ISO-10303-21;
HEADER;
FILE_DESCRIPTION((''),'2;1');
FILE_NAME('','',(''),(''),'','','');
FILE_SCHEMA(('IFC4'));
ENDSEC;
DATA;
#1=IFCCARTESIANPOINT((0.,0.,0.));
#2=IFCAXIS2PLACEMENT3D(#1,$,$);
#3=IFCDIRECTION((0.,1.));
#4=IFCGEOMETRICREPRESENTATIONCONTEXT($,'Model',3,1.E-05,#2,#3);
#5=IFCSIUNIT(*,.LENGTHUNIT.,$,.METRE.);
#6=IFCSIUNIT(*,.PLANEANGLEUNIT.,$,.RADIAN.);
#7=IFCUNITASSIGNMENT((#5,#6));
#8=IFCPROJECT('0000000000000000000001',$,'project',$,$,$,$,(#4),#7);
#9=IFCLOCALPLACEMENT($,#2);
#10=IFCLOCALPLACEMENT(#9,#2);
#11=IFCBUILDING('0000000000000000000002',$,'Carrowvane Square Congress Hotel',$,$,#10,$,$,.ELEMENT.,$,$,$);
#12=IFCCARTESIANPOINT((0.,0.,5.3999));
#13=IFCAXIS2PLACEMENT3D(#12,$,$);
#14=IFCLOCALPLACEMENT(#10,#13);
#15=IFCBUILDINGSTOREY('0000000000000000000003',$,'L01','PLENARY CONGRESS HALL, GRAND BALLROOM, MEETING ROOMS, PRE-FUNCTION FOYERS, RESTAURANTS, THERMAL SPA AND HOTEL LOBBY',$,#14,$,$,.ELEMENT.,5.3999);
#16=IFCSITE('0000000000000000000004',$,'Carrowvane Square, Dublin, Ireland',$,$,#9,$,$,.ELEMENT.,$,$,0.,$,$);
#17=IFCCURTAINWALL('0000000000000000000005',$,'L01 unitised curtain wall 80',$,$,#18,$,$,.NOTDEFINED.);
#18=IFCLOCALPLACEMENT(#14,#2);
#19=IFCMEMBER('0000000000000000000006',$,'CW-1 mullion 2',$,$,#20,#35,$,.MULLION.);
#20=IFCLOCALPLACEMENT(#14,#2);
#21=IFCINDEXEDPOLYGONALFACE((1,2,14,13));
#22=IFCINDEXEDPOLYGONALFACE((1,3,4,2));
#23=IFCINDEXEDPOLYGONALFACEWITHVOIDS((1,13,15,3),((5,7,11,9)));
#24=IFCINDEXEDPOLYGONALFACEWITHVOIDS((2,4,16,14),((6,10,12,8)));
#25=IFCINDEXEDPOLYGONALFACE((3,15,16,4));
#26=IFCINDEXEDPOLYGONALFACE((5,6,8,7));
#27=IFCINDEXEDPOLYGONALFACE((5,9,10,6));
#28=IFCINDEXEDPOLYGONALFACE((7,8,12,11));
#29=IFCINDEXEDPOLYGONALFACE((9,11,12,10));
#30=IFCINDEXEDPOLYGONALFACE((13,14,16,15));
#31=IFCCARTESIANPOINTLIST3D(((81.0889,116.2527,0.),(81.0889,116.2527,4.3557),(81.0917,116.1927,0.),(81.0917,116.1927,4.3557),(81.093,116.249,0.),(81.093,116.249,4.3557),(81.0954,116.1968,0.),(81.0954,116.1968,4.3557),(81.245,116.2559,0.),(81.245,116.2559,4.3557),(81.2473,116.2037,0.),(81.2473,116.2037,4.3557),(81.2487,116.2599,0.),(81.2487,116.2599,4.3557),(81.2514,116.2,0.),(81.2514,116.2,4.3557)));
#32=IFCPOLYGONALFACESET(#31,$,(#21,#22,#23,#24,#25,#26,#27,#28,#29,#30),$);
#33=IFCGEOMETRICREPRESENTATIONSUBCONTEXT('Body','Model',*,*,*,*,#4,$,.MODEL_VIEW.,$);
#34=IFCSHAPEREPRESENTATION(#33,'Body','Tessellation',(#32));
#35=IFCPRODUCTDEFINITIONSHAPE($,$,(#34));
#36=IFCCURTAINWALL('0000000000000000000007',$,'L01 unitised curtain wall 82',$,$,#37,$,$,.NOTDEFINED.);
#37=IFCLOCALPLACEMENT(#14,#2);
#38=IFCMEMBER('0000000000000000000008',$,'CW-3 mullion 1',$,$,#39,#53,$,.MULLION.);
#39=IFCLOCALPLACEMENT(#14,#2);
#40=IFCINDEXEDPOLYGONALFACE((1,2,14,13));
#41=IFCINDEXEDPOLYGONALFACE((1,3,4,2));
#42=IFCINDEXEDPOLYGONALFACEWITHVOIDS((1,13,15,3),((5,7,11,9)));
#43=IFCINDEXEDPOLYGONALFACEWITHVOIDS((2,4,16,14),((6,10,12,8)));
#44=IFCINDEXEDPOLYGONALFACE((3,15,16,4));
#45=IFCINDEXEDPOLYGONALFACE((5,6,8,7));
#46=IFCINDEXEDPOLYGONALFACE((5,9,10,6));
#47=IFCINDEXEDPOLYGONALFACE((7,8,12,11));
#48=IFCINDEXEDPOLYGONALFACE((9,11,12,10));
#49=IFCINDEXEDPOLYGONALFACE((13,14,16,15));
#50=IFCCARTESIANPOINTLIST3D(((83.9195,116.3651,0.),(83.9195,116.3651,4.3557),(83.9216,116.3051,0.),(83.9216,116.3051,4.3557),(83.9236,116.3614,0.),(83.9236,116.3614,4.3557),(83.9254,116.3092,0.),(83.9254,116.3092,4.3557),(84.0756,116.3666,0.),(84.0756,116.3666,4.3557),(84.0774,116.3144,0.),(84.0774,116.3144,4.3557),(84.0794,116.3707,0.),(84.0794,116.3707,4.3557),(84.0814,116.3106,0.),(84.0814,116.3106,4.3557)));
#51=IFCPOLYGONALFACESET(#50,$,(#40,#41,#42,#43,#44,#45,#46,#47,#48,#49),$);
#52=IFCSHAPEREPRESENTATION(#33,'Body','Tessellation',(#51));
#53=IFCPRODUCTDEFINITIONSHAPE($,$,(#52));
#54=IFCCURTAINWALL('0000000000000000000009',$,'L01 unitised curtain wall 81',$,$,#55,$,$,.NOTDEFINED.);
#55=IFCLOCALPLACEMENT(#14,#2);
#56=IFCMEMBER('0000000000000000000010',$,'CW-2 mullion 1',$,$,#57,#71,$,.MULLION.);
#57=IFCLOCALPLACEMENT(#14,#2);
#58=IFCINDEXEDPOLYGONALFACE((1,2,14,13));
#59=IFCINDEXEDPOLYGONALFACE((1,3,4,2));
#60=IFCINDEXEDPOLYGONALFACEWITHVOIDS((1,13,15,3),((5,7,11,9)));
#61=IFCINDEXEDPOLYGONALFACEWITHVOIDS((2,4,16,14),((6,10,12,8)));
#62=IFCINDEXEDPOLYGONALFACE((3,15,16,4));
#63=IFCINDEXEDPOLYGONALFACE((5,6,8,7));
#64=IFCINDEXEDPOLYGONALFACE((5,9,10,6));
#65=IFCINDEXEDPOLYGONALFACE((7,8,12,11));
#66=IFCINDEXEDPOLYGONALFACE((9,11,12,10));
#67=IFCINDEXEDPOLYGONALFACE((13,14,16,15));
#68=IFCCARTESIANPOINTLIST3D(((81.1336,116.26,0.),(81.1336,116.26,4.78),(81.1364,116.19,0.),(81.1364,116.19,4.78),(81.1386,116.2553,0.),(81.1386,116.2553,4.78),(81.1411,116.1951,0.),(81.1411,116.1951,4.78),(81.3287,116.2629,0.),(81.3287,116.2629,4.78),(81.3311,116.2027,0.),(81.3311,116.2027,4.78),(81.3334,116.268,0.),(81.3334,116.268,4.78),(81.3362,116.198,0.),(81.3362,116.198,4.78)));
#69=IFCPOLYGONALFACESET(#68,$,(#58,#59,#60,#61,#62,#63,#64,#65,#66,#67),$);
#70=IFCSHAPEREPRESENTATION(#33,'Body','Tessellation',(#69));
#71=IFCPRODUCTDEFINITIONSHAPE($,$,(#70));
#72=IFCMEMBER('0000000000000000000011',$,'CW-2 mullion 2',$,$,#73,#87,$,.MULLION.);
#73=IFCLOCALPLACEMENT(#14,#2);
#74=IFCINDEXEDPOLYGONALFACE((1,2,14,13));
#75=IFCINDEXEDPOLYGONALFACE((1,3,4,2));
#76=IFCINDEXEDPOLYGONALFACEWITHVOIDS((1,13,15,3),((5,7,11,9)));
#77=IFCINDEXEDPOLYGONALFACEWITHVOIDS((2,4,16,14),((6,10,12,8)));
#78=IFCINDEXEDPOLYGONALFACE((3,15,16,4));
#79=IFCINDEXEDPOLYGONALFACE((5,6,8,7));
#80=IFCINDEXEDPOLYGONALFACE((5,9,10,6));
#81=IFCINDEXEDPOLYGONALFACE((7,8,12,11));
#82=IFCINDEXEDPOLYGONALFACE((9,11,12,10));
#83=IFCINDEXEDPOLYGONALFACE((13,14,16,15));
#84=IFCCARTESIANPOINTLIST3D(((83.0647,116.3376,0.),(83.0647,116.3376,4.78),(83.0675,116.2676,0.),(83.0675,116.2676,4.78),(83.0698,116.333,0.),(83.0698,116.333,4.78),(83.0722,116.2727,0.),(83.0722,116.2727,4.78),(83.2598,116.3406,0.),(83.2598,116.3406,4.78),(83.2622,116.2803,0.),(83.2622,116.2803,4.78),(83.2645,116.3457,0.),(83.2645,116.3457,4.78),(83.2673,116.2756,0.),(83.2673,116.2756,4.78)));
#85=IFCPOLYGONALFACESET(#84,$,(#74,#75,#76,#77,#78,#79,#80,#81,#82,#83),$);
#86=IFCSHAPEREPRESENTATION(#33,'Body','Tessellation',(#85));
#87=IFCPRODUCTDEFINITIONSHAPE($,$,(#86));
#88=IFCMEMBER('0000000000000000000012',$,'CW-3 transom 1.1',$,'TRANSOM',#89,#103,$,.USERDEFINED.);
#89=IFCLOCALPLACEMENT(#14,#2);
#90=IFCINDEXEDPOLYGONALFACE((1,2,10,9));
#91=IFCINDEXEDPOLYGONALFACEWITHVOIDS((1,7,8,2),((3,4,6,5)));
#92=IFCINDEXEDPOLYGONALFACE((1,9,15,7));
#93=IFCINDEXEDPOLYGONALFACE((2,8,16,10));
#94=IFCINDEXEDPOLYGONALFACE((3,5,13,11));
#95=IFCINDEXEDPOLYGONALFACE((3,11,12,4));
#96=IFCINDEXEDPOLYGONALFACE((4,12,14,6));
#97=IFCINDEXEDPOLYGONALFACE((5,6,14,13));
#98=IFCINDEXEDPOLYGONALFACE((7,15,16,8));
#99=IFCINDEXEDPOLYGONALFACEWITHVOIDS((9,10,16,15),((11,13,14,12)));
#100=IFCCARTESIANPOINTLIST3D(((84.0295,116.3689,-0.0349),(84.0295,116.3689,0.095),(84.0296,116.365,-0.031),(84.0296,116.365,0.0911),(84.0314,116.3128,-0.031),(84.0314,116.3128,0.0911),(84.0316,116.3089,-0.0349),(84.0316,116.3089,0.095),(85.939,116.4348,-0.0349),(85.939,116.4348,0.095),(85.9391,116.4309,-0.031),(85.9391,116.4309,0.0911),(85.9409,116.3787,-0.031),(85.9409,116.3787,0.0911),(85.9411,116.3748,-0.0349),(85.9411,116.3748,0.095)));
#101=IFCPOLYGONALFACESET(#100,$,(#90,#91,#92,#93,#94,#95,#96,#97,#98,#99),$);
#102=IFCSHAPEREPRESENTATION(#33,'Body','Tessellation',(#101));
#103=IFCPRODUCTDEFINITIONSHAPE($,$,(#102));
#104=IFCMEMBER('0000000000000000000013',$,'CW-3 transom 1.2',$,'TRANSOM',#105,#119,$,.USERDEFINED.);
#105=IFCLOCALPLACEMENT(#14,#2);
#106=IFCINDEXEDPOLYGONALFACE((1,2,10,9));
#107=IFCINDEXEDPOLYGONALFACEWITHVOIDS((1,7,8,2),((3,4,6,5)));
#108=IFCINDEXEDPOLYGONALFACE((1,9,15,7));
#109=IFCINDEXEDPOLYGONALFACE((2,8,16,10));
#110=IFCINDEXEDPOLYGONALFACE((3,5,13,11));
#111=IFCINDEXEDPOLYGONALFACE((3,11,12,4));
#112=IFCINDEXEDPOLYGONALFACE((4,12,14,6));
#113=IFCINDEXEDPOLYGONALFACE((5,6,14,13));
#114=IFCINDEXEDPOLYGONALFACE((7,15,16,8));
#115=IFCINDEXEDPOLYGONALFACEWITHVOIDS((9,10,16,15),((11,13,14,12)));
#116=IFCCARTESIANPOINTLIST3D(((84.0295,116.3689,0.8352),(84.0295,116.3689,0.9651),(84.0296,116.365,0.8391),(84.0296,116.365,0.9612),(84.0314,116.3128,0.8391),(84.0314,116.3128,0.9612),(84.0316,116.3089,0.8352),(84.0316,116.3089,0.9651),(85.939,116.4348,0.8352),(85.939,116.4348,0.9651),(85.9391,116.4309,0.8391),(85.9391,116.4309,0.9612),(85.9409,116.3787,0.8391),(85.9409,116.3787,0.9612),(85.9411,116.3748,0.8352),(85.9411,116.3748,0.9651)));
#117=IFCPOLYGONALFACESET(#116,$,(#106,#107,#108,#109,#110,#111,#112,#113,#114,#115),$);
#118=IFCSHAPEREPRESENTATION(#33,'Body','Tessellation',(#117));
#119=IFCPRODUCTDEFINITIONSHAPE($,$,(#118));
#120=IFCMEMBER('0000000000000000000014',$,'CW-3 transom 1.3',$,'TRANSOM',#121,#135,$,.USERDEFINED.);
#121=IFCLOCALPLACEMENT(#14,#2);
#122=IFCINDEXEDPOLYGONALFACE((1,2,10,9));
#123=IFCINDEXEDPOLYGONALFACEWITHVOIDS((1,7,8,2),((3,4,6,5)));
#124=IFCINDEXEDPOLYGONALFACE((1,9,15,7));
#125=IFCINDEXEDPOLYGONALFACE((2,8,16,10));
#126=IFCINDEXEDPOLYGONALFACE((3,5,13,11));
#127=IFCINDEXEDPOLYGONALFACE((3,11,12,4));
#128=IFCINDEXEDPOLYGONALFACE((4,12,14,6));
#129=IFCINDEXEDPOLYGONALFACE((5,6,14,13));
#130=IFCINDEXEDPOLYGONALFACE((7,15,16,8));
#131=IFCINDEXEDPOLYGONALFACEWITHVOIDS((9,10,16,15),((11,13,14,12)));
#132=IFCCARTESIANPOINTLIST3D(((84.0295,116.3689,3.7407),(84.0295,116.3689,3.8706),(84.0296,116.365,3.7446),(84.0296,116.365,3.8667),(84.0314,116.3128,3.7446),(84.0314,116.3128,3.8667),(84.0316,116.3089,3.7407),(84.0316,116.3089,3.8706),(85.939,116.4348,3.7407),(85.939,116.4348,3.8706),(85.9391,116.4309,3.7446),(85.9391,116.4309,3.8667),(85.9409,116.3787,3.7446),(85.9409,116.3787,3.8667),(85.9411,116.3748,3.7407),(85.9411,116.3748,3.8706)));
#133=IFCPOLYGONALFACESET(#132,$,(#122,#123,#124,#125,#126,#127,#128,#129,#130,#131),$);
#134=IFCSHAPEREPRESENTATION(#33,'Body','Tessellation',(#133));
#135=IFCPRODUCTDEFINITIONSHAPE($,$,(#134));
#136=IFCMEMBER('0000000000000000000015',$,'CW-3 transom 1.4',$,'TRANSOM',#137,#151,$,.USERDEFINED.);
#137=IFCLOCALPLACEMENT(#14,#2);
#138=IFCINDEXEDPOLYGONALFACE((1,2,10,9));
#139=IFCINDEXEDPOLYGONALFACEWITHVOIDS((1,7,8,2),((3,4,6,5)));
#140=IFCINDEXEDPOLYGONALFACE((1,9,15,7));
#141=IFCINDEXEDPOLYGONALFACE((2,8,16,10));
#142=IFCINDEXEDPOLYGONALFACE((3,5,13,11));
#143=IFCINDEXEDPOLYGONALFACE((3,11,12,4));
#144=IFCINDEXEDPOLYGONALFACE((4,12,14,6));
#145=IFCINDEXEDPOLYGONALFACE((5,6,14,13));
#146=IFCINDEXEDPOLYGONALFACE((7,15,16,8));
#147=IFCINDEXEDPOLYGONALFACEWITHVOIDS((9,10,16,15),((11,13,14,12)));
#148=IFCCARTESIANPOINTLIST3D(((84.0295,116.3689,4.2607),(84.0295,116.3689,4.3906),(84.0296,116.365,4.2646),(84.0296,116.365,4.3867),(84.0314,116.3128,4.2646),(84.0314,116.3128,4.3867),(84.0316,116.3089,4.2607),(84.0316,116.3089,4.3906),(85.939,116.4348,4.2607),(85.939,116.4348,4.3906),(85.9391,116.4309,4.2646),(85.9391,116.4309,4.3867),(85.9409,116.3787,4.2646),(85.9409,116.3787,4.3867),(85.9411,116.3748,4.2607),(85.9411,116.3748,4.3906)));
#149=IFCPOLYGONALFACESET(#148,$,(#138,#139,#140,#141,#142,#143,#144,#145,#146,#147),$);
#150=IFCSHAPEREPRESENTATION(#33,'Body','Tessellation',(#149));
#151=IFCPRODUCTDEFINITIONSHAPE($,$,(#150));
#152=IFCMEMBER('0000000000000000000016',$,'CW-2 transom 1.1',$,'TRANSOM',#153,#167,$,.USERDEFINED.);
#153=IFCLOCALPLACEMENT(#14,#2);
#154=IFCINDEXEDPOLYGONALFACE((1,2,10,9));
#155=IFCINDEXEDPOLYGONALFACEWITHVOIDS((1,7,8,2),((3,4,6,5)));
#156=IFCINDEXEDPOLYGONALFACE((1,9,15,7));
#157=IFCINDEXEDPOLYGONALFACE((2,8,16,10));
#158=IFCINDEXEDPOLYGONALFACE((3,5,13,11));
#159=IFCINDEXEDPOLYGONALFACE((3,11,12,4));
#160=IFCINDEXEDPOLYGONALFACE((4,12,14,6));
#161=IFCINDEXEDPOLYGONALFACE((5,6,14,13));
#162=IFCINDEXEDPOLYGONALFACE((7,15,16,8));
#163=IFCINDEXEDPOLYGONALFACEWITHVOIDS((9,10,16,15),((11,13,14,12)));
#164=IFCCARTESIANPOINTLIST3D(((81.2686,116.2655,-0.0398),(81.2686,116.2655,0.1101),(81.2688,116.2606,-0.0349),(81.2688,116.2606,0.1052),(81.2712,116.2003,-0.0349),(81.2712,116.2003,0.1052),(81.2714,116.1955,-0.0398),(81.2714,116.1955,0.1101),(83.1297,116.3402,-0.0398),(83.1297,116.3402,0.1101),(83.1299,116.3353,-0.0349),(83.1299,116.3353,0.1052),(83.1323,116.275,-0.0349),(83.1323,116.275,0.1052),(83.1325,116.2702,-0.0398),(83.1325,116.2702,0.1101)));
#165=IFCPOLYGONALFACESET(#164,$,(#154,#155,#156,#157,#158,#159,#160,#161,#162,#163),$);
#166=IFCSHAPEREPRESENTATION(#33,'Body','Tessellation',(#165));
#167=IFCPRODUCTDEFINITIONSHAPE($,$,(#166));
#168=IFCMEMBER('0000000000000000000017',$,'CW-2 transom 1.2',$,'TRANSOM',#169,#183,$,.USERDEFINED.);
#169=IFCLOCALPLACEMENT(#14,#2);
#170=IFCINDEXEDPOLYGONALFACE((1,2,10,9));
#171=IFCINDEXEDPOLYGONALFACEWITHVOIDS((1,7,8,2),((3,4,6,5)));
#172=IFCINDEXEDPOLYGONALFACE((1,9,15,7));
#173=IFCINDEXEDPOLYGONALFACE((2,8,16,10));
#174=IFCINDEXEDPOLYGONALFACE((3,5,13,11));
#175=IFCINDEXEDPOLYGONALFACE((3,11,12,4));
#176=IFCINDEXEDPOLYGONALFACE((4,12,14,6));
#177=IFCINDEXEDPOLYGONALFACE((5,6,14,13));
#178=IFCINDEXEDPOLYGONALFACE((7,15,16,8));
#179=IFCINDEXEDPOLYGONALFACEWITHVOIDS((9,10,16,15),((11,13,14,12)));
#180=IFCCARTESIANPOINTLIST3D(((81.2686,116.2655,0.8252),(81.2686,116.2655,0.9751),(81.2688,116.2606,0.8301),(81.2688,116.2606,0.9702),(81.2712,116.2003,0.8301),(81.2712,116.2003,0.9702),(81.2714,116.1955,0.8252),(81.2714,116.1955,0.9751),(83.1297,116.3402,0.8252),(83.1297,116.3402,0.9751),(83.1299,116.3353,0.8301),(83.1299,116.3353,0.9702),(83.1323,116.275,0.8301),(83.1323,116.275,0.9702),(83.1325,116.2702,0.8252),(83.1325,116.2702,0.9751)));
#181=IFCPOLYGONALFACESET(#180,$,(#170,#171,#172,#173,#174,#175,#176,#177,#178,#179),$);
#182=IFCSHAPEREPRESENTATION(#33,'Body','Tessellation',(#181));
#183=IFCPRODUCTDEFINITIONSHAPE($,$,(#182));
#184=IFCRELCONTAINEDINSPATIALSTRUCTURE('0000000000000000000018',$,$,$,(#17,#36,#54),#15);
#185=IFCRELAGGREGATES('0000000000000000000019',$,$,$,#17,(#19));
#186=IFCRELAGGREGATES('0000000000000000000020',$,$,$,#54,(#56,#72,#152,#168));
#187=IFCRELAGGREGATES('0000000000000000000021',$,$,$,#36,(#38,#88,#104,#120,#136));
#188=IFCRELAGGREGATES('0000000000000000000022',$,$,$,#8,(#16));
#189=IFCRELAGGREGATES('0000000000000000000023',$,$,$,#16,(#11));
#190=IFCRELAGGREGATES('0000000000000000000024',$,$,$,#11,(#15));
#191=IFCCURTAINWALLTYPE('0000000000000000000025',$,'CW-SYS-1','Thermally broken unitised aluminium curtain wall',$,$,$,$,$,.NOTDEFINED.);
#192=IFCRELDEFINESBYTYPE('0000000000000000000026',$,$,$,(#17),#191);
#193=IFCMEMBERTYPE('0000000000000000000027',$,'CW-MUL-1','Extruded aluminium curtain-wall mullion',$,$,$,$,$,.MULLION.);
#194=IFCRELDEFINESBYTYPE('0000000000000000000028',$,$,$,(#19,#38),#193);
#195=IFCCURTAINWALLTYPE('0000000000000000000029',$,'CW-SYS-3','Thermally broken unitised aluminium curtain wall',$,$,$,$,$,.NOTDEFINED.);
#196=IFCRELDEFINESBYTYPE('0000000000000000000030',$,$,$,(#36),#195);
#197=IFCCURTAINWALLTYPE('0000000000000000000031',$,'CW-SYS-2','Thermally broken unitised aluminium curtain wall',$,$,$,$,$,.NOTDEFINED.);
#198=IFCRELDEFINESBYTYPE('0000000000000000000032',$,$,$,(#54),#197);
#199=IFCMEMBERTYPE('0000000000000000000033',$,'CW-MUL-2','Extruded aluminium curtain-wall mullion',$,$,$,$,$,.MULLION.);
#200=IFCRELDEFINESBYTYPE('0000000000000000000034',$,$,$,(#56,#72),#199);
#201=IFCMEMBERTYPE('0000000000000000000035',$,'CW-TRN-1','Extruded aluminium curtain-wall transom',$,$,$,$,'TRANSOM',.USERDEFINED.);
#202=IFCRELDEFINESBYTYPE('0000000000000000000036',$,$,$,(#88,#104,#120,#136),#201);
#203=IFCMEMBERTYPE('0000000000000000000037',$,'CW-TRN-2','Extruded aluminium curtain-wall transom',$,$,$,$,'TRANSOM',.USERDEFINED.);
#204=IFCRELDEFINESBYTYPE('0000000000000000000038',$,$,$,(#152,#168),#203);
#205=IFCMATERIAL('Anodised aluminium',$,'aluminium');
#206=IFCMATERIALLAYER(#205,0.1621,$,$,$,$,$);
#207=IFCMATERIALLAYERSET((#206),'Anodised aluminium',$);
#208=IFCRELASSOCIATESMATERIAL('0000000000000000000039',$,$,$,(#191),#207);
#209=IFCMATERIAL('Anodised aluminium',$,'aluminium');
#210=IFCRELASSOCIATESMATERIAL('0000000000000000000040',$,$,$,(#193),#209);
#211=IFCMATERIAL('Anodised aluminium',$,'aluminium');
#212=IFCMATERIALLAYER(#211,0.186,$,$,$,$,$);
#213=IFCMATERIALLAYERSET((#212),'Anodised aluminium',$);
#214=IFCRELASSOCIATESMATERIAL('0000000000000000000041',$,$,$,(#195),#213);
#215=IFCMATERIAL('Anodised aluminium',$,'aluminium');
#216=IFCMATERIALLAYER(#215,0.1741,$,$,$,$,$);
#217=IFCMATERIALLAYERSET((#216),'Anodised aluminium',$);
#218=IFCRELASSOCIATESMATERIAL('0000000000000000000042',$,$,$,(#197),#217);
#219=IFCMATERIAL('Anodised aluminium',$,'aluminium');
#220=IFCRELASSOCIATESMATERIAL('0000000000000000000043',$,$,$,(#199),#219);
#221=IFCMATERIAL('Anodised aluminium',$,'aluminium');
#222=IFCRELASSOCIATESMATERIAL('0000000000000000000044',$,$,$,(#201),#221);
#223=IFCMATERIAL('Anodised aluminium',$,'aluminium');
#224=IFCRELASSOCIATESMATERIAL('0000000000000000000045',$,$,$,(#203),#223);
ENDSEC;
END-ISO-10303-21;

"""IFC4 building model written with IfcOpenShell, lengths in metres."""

from ifc_helpers import new_model, si_unit, direction, frame, origin, origin_2d, place, context, subcontext, project, spatial, hollow_rectangle, extrude, material, layer, layer_set, material_profile, profile_set, type_object, element, aggregate, save


model = new_model("IFC4")

# Units and contexts
model_context = context("Model", 3, precision=1e-05, world=origin(), true_north=direction((0.0, 1.0)))
body_context = subcontext(model_context, "Body", "Model", "MODEL_VIEW")
ifc_project = project(units=[si_unit("LENGTHUNIT", "METRE"), si_unit("PLANEANGLEUNIT", "RADIAN")], contexts=[model_context])

# Site, building, storey
site_placement = place(None, origin())
site = spatial("IfcSite", under=ifc_project, at=site_placement, Name="Carrowvane Square, Dublin, Ireland", CompositionType="ELEMENT", RefElevation=0.0)
building_placement = place(site_placement, origin())
building = spatial("IfcBuilding", under=site, at=building_placement, Name="Carrowvane Square Congress Hotel", CompositionType="ELEMENT")
storey_placement = place(building_placement, frame((0.0, 0.0, 5.3999)))
storey = spatial("IfcBuildingStorey", under=building, at=storey_placement, Name="L01", Description="PLENARY CONGRESS HALL, GRAND BALLROOM, MEETING ROOMS, PRE-FUNCTION FOYERS, RESTAURANTS, THERMAL SPA AND HOTEL LOBBY", CompositionType="ELEMENT", Elevation=5.3999)

# Curtain walls, members
ifc_material_1 = material(Name="Anodised aluminium", Category="aluminium")
ifc_layer_1 = layer(ifc_material_1, 0.1621)
ifc_layer_set_1 = layer_set([ifc_layer_1], Name="Anodised aluminium")
curtain_wall_type_1 = type_object("IfcCurtainWallType", Name="CW-SYS-1", Description="Thermally broken unitised aluminium curtain wall", PredefinedType="NOTDEFINED", material=ifc_layer_set_1)
curtain_wall_1_placement = place(storey_placement, origin())
curtain_wall_1 = element("IfcCurtainWall", 1, at=curtain_wall_1_placement, inside=storey, type_object=curtain_wall_type_1, Name="L01 unitised curtain wall 80", PredefinedType="NOTDEFINED")
ifc_material_2 = material(Name="Anodised aluminium", Category="aluminium")
ifc_material_profile_1 = material_profile(ifc_material_2, hollow_rectangle(XDim=0.0601, YDim=0.1599, WallThickness=0.0039, at=origin_2d()), Name="CW-ML 60x160x4")
ifc_profile_set_1 = profile_set([ifc_material_profile_1], Name="Anodised aluminium")
member_type_1 = type_object("IfcMemberType", Name="CW-MUL-1", Description="Extruded aluminium curtain-wall mullion", PredefinedType="MULLION", material=ifc_profile_set_1)
member_1_placement = place(storey_placement, frame((81.1702, 116.2263, 0.0), z_axis=(0.0, 0.0, 1.0), x_axis=(-0.045411, 0.998968, 0.0)))
member_1 = element("IfcMember", 2, at=member_1_placement, type_object=member_type_1, Name="CW-1 mullion 2", PredefinedType="MULLION", context=body_context, shape_type="SweptSolid", body=[
    extrude(hollow_rectangle(XDim=0.0601, YDim=0.1599, WallThickness=0.0039, at=origin_2d()), origin(), (0.0, 0.0, 1.0), 4.3557),
])
ifc_material_3 = material(Name="Anodised aluminium", Category="aluminium")
ifc_layer_2 = layer(ifc_material_3, 0.186)
ifc_layer_set_2 = layer_set([ifc_layer_2], Name="Anodised aluminium")
curtain_wall_type_2 = type_object("IfcCurtainWallType", Name="CW-SYS-3", Description="Thermally broken unitised aluminium curtain wall", PredefinedType="NOTDEFINED", material=ifc_layer_set_2)
curtain_wall_2_placement = place(storey_placement, origin())
curtain_wall_2 = element("IfcCurtainWall", 3, at=curtain_wall_2_placement, inside=storey, type_object=curtain_wall_type_2, Name="L01 unitised curtain wall 82", PredefinedType="NOTDEFINED")
member_2_placement = place(storey_placement, frame((84.0005, 116.3379, 0.0), z_axis=(0.0, 0.0, 1.0), x_axis=(-0.034527, 0.999404, 0.0)))
member_2 = element("IfcMember", 4, at=member_2_placement, type_object=member_type_1, Name="CW-3 mullion 1", PredefinedType="MULLION", context=body_context, shape_type="SweptSolid", body=[
    extrude(hollow_rectangle(XDim=0.0601, YDim=0.1599, WallThickness=0.0039, at=origin_2d()), origin(), (0.0, 0.0, 1.0), 4.3557),
])

# Curtain wall, members
ifc_material_4 = material(Name="Anodised aluminium", Category="aluminium")
ifc_layer_3 = layer(ifc_material_4, 0.1741)
ifc_layer_set_3 = layer_set([ifc_layer_3], Name="Anodised aluminium")
curtain_wall_type_3 = type_object("IfcCurtainWallType", Name="CW-SYS-2", Description="Thermally broken unitised aluminium curtain wall", PredefinedType="NOTDEFINED", material=ifc_layer_set_3)
curtain_wall_3_placement = place(storey_placement, origin())
curtain_wall_3 = element("IfcCurtainWall", 5, at=curtain_wall_3_placement, inside=storey, type_object=curtain_wall_type_3, Name="L01 unitised curtain wall 81", PredefinedType="NOTDEFINED")
ifc_material_5 = material(Name="Anodised aluminium", Category="aluminium")
ifc_material_profile_2 = material_profile(ifc_material_5, hollow_rectangle(XDim=0.0701, YDim=0.2, WallThickness=0.0049, at=origin_2d()), Name="CW-ML 70x200x5")
ifc_profile_set_2 = profile_set([ifc_material_profile_2], Name="Anodised aluminium")
member_type_2 = type_object("IfcMemberType", Name="CW-MUL-2", Description="Extruded aluminium curtain-wall mullion", PredefinedType="MULLION", material=ifc_profile_set_2)
member_3_placement = place(storey_placement, frame((81.2349, 116.229, 0.0), z_axis=(0.0, 0.0, 1.0), x_axis=(-0.040136, 0.999194, 0.0)))
member_3 = element("IfcMember", 6, at=member_3_placement, type_object=member_type_2, Name="CW-2 mullion 1", PredefinedType="MULLION", context=body_context, shape_type="SweptSolid", body=[
    extrude(hollow_rectangle(XDim=0.0701, YDim=0.2, WallThickness=0.0049, at=origin_2d()), origin(), (0.0, 0.0, 1.0), 4.78),
])
member_4_placement = place(storey_placement, frame((83.166, 116.3066, 0.0), z_axis=(0.0, 0.0, 1.0), x_axis=(-0.040136, 0.999194, 0.0)))
member_4 = element("IfcMember", 7, at=member_4_placement, type_object=member_type_2, Name="CW-2 mullion 2", PredefinedType="MULLION", context=body_context, shape_type="SweptSolid", body=[
    extrude(hollow_rectangle(XDim=0.0701, YDim=0.2, WallThickness=0.0049, at=origin_2d()), origin(), (0.0, 0.0, 1.0), 4.78),
])

# Members
ifc_material_6 = material(Name="Anodised aluminium", Category="aluminium")
ifc_material_profile_3 = material_profile(ifc_material_6, hollow_rectangle(XDim=0.0601, YDim=0.1299, WallThickness=0.0039, at=origin_2d()), Name="CW-TR 60x130x4")
ifc_profile_set_3 = profile_set([ifc_material_profile_3], Name="Anodised aluminium")
member_type_3 = type_object("IfcMemberType", Name="CW-TRN-1", Description="Extruded aluminium curtain-wall transom", ElementType="TRANSOM", PredefinedType="USERDEFINED", material=ifc_profile_set_3)
member_5_placement = place(storey_placement, frame((84.0305, 116.3389, 0.03), z_axis=(0.999405, 0.034502, 0.0), x_axis=(-0.034502, 0.999405, 0.0)))
member_5 = element("IfcMember", 8, at=member_5_placement, type_object=member_type_3, Name="CW-3 transom 1.1", ObjectType="TRANSOM", PredefinedType="USERDEFINED", context=body_context, shape_type="SweptSolid", body=[
    extrude(hollow_rectangle(XDim=0.0601, YDim=0.1299, WallThickness=0.0039, at=origin_2d()), origin(), (0.0, 0.0, 1.0), 1.9106),
])
member_6_placement = place(storey_placement, frame((84.0305, 116.3389, 0.9001), z_axis=(0.999405, 0.034502, 0.0), x_axis=(-0.034502, 0.999405, 0.0)))
member_6 = element("IfcMember", 9, at=member_6_placement, type_object=member_type_3, Name="CW-3 transom 1.2", ObjectType="TRANSOM", PredefinedType="USERDEFINED", context=body_context, shape_type="SweptSolid", body=[
    extrude(hollow_rectangle(XDim=0.0601, YDim=0.1299, WallThickness=0.0039, at=origin_2d()), origin(), (0.0, 0.0, 1.0), 1.9106),
])
member_7_placement = place(storey_placement, frame((84.0305, 116.3389, 3.8057), z_axis=(0.999405, 0.034502, 0.0), x_axis=(-0.034502, 0.999405, 0.0)))
member_7 = element("IfcMember", 10, at=member_7_placement, type_object=member_type_3, Name="CW-3 transom 1.3", ObjectType="TRANSOM", PredefinedType="USERDEFINED", context=body_context, shape_type="SweptSolid", body=[
    extrude(hollow_rectangle(XDim=0.0601, YDim=0.1299, WallThickness=0.0039, at=origin_2d()), origin(), (0.0, 0.0, 1.0), 1.9106),
])
member_8_placement = place(storey_placement, frame((84.0305, 116.3389, 4.3257), z_axis=(0.999405, 0.034502, 0.0), x_axis=(-0.034502, 0.999405, 0.0)))
member_8 = element("IfcMember", 11, at=member_8_placement, type_object=member_type_3, Name="CW-3 transom 1.4", ObjectType="TRANSOM", PredefinedType="USERDEFINED", context=body_context, shape_type="SweptSolid", body=[
    extrude(hollow_rectangle(XDim=0.0601, YDim=0.1299, WallThickness=0.0039, at=origin_2d()), origin(), (0.0, 0.0, 1.0), 1.9106),
])
ifc_material_7 = material(Name="Anodised aluminium", Category="aluminium")
ifc_material_profile_4 = material_profile(ifc_material_7, hollow_rectangle(XDim=0.0701, YDim=0.1499, WallThickness=0.0049, at=origin_2d()), Name="CW-TR 70x150x5")
ifc_profile_set_4 = profile_set([ifc_material_profile_4], Name="Anodised aluminium")
member_type_4 = type_object("IfcMemberType", Name="CW-TRN-2", Description="Extruded aluminium curtain-wall transom", ElementType="TRANSOM", PredefinedType="USERDEFINED", material=ifc_profile_set_4)
member_9_placement = place(storey_placement, frame((81.27, 116.2305, 0.0352), z_axis=(0.999195, 0.040109, 0.0), x_axis=(-0.040109, 0.999195, 0.0)))
member_9 = element("IfcMember", 12, at=member_9_placement, type_object=member_type_4, Name="CW-2 transom 1.1", ObjectType="TRANSOM", PredefinedType="USERDEFINED", context=body_context, shape_type="SweptSolid", body=[
    extrude(hollow_rectangle(XDim=0.0701, YDim=0.1499, WallThickness=0.0049, at=origin_2d()), origin(), (0.0, 0.0, 1.0), 1.8625),
])
member_10_placement = place(storey_placement, frame((81.27, 116.2305, 0.9001), z_axis=(0.999195, 0.040109, 0.0), x_axis=(-0.040109, 0.999195, 0.0)))
member_10 = element("IfcMember", 13, at=member_10_placement, type_object=member_type_4, Name="CW-2 transom 1.2", ObjectType="TRANSOM", PredefinedType="USERDEFINED", context=body_context, shape_type="SweptSolid", body=[
    extrude(hollow_rectangle(XDim=0.0701, YDim=0.1499, WallThickness=0.0049, at=origin_2d()), origin(), (0.0, 0.0, 1.0), 1.8625),
])

aggregate(curtain_wall_1, [member_1])
aggregate(curtain_wall_3, [member_3, member_4, member_9, member_10])
aggregate(curtain_wall_2, [member_2, member_5, member_6, member_7, member_8])

save(model, "model.ifc")
